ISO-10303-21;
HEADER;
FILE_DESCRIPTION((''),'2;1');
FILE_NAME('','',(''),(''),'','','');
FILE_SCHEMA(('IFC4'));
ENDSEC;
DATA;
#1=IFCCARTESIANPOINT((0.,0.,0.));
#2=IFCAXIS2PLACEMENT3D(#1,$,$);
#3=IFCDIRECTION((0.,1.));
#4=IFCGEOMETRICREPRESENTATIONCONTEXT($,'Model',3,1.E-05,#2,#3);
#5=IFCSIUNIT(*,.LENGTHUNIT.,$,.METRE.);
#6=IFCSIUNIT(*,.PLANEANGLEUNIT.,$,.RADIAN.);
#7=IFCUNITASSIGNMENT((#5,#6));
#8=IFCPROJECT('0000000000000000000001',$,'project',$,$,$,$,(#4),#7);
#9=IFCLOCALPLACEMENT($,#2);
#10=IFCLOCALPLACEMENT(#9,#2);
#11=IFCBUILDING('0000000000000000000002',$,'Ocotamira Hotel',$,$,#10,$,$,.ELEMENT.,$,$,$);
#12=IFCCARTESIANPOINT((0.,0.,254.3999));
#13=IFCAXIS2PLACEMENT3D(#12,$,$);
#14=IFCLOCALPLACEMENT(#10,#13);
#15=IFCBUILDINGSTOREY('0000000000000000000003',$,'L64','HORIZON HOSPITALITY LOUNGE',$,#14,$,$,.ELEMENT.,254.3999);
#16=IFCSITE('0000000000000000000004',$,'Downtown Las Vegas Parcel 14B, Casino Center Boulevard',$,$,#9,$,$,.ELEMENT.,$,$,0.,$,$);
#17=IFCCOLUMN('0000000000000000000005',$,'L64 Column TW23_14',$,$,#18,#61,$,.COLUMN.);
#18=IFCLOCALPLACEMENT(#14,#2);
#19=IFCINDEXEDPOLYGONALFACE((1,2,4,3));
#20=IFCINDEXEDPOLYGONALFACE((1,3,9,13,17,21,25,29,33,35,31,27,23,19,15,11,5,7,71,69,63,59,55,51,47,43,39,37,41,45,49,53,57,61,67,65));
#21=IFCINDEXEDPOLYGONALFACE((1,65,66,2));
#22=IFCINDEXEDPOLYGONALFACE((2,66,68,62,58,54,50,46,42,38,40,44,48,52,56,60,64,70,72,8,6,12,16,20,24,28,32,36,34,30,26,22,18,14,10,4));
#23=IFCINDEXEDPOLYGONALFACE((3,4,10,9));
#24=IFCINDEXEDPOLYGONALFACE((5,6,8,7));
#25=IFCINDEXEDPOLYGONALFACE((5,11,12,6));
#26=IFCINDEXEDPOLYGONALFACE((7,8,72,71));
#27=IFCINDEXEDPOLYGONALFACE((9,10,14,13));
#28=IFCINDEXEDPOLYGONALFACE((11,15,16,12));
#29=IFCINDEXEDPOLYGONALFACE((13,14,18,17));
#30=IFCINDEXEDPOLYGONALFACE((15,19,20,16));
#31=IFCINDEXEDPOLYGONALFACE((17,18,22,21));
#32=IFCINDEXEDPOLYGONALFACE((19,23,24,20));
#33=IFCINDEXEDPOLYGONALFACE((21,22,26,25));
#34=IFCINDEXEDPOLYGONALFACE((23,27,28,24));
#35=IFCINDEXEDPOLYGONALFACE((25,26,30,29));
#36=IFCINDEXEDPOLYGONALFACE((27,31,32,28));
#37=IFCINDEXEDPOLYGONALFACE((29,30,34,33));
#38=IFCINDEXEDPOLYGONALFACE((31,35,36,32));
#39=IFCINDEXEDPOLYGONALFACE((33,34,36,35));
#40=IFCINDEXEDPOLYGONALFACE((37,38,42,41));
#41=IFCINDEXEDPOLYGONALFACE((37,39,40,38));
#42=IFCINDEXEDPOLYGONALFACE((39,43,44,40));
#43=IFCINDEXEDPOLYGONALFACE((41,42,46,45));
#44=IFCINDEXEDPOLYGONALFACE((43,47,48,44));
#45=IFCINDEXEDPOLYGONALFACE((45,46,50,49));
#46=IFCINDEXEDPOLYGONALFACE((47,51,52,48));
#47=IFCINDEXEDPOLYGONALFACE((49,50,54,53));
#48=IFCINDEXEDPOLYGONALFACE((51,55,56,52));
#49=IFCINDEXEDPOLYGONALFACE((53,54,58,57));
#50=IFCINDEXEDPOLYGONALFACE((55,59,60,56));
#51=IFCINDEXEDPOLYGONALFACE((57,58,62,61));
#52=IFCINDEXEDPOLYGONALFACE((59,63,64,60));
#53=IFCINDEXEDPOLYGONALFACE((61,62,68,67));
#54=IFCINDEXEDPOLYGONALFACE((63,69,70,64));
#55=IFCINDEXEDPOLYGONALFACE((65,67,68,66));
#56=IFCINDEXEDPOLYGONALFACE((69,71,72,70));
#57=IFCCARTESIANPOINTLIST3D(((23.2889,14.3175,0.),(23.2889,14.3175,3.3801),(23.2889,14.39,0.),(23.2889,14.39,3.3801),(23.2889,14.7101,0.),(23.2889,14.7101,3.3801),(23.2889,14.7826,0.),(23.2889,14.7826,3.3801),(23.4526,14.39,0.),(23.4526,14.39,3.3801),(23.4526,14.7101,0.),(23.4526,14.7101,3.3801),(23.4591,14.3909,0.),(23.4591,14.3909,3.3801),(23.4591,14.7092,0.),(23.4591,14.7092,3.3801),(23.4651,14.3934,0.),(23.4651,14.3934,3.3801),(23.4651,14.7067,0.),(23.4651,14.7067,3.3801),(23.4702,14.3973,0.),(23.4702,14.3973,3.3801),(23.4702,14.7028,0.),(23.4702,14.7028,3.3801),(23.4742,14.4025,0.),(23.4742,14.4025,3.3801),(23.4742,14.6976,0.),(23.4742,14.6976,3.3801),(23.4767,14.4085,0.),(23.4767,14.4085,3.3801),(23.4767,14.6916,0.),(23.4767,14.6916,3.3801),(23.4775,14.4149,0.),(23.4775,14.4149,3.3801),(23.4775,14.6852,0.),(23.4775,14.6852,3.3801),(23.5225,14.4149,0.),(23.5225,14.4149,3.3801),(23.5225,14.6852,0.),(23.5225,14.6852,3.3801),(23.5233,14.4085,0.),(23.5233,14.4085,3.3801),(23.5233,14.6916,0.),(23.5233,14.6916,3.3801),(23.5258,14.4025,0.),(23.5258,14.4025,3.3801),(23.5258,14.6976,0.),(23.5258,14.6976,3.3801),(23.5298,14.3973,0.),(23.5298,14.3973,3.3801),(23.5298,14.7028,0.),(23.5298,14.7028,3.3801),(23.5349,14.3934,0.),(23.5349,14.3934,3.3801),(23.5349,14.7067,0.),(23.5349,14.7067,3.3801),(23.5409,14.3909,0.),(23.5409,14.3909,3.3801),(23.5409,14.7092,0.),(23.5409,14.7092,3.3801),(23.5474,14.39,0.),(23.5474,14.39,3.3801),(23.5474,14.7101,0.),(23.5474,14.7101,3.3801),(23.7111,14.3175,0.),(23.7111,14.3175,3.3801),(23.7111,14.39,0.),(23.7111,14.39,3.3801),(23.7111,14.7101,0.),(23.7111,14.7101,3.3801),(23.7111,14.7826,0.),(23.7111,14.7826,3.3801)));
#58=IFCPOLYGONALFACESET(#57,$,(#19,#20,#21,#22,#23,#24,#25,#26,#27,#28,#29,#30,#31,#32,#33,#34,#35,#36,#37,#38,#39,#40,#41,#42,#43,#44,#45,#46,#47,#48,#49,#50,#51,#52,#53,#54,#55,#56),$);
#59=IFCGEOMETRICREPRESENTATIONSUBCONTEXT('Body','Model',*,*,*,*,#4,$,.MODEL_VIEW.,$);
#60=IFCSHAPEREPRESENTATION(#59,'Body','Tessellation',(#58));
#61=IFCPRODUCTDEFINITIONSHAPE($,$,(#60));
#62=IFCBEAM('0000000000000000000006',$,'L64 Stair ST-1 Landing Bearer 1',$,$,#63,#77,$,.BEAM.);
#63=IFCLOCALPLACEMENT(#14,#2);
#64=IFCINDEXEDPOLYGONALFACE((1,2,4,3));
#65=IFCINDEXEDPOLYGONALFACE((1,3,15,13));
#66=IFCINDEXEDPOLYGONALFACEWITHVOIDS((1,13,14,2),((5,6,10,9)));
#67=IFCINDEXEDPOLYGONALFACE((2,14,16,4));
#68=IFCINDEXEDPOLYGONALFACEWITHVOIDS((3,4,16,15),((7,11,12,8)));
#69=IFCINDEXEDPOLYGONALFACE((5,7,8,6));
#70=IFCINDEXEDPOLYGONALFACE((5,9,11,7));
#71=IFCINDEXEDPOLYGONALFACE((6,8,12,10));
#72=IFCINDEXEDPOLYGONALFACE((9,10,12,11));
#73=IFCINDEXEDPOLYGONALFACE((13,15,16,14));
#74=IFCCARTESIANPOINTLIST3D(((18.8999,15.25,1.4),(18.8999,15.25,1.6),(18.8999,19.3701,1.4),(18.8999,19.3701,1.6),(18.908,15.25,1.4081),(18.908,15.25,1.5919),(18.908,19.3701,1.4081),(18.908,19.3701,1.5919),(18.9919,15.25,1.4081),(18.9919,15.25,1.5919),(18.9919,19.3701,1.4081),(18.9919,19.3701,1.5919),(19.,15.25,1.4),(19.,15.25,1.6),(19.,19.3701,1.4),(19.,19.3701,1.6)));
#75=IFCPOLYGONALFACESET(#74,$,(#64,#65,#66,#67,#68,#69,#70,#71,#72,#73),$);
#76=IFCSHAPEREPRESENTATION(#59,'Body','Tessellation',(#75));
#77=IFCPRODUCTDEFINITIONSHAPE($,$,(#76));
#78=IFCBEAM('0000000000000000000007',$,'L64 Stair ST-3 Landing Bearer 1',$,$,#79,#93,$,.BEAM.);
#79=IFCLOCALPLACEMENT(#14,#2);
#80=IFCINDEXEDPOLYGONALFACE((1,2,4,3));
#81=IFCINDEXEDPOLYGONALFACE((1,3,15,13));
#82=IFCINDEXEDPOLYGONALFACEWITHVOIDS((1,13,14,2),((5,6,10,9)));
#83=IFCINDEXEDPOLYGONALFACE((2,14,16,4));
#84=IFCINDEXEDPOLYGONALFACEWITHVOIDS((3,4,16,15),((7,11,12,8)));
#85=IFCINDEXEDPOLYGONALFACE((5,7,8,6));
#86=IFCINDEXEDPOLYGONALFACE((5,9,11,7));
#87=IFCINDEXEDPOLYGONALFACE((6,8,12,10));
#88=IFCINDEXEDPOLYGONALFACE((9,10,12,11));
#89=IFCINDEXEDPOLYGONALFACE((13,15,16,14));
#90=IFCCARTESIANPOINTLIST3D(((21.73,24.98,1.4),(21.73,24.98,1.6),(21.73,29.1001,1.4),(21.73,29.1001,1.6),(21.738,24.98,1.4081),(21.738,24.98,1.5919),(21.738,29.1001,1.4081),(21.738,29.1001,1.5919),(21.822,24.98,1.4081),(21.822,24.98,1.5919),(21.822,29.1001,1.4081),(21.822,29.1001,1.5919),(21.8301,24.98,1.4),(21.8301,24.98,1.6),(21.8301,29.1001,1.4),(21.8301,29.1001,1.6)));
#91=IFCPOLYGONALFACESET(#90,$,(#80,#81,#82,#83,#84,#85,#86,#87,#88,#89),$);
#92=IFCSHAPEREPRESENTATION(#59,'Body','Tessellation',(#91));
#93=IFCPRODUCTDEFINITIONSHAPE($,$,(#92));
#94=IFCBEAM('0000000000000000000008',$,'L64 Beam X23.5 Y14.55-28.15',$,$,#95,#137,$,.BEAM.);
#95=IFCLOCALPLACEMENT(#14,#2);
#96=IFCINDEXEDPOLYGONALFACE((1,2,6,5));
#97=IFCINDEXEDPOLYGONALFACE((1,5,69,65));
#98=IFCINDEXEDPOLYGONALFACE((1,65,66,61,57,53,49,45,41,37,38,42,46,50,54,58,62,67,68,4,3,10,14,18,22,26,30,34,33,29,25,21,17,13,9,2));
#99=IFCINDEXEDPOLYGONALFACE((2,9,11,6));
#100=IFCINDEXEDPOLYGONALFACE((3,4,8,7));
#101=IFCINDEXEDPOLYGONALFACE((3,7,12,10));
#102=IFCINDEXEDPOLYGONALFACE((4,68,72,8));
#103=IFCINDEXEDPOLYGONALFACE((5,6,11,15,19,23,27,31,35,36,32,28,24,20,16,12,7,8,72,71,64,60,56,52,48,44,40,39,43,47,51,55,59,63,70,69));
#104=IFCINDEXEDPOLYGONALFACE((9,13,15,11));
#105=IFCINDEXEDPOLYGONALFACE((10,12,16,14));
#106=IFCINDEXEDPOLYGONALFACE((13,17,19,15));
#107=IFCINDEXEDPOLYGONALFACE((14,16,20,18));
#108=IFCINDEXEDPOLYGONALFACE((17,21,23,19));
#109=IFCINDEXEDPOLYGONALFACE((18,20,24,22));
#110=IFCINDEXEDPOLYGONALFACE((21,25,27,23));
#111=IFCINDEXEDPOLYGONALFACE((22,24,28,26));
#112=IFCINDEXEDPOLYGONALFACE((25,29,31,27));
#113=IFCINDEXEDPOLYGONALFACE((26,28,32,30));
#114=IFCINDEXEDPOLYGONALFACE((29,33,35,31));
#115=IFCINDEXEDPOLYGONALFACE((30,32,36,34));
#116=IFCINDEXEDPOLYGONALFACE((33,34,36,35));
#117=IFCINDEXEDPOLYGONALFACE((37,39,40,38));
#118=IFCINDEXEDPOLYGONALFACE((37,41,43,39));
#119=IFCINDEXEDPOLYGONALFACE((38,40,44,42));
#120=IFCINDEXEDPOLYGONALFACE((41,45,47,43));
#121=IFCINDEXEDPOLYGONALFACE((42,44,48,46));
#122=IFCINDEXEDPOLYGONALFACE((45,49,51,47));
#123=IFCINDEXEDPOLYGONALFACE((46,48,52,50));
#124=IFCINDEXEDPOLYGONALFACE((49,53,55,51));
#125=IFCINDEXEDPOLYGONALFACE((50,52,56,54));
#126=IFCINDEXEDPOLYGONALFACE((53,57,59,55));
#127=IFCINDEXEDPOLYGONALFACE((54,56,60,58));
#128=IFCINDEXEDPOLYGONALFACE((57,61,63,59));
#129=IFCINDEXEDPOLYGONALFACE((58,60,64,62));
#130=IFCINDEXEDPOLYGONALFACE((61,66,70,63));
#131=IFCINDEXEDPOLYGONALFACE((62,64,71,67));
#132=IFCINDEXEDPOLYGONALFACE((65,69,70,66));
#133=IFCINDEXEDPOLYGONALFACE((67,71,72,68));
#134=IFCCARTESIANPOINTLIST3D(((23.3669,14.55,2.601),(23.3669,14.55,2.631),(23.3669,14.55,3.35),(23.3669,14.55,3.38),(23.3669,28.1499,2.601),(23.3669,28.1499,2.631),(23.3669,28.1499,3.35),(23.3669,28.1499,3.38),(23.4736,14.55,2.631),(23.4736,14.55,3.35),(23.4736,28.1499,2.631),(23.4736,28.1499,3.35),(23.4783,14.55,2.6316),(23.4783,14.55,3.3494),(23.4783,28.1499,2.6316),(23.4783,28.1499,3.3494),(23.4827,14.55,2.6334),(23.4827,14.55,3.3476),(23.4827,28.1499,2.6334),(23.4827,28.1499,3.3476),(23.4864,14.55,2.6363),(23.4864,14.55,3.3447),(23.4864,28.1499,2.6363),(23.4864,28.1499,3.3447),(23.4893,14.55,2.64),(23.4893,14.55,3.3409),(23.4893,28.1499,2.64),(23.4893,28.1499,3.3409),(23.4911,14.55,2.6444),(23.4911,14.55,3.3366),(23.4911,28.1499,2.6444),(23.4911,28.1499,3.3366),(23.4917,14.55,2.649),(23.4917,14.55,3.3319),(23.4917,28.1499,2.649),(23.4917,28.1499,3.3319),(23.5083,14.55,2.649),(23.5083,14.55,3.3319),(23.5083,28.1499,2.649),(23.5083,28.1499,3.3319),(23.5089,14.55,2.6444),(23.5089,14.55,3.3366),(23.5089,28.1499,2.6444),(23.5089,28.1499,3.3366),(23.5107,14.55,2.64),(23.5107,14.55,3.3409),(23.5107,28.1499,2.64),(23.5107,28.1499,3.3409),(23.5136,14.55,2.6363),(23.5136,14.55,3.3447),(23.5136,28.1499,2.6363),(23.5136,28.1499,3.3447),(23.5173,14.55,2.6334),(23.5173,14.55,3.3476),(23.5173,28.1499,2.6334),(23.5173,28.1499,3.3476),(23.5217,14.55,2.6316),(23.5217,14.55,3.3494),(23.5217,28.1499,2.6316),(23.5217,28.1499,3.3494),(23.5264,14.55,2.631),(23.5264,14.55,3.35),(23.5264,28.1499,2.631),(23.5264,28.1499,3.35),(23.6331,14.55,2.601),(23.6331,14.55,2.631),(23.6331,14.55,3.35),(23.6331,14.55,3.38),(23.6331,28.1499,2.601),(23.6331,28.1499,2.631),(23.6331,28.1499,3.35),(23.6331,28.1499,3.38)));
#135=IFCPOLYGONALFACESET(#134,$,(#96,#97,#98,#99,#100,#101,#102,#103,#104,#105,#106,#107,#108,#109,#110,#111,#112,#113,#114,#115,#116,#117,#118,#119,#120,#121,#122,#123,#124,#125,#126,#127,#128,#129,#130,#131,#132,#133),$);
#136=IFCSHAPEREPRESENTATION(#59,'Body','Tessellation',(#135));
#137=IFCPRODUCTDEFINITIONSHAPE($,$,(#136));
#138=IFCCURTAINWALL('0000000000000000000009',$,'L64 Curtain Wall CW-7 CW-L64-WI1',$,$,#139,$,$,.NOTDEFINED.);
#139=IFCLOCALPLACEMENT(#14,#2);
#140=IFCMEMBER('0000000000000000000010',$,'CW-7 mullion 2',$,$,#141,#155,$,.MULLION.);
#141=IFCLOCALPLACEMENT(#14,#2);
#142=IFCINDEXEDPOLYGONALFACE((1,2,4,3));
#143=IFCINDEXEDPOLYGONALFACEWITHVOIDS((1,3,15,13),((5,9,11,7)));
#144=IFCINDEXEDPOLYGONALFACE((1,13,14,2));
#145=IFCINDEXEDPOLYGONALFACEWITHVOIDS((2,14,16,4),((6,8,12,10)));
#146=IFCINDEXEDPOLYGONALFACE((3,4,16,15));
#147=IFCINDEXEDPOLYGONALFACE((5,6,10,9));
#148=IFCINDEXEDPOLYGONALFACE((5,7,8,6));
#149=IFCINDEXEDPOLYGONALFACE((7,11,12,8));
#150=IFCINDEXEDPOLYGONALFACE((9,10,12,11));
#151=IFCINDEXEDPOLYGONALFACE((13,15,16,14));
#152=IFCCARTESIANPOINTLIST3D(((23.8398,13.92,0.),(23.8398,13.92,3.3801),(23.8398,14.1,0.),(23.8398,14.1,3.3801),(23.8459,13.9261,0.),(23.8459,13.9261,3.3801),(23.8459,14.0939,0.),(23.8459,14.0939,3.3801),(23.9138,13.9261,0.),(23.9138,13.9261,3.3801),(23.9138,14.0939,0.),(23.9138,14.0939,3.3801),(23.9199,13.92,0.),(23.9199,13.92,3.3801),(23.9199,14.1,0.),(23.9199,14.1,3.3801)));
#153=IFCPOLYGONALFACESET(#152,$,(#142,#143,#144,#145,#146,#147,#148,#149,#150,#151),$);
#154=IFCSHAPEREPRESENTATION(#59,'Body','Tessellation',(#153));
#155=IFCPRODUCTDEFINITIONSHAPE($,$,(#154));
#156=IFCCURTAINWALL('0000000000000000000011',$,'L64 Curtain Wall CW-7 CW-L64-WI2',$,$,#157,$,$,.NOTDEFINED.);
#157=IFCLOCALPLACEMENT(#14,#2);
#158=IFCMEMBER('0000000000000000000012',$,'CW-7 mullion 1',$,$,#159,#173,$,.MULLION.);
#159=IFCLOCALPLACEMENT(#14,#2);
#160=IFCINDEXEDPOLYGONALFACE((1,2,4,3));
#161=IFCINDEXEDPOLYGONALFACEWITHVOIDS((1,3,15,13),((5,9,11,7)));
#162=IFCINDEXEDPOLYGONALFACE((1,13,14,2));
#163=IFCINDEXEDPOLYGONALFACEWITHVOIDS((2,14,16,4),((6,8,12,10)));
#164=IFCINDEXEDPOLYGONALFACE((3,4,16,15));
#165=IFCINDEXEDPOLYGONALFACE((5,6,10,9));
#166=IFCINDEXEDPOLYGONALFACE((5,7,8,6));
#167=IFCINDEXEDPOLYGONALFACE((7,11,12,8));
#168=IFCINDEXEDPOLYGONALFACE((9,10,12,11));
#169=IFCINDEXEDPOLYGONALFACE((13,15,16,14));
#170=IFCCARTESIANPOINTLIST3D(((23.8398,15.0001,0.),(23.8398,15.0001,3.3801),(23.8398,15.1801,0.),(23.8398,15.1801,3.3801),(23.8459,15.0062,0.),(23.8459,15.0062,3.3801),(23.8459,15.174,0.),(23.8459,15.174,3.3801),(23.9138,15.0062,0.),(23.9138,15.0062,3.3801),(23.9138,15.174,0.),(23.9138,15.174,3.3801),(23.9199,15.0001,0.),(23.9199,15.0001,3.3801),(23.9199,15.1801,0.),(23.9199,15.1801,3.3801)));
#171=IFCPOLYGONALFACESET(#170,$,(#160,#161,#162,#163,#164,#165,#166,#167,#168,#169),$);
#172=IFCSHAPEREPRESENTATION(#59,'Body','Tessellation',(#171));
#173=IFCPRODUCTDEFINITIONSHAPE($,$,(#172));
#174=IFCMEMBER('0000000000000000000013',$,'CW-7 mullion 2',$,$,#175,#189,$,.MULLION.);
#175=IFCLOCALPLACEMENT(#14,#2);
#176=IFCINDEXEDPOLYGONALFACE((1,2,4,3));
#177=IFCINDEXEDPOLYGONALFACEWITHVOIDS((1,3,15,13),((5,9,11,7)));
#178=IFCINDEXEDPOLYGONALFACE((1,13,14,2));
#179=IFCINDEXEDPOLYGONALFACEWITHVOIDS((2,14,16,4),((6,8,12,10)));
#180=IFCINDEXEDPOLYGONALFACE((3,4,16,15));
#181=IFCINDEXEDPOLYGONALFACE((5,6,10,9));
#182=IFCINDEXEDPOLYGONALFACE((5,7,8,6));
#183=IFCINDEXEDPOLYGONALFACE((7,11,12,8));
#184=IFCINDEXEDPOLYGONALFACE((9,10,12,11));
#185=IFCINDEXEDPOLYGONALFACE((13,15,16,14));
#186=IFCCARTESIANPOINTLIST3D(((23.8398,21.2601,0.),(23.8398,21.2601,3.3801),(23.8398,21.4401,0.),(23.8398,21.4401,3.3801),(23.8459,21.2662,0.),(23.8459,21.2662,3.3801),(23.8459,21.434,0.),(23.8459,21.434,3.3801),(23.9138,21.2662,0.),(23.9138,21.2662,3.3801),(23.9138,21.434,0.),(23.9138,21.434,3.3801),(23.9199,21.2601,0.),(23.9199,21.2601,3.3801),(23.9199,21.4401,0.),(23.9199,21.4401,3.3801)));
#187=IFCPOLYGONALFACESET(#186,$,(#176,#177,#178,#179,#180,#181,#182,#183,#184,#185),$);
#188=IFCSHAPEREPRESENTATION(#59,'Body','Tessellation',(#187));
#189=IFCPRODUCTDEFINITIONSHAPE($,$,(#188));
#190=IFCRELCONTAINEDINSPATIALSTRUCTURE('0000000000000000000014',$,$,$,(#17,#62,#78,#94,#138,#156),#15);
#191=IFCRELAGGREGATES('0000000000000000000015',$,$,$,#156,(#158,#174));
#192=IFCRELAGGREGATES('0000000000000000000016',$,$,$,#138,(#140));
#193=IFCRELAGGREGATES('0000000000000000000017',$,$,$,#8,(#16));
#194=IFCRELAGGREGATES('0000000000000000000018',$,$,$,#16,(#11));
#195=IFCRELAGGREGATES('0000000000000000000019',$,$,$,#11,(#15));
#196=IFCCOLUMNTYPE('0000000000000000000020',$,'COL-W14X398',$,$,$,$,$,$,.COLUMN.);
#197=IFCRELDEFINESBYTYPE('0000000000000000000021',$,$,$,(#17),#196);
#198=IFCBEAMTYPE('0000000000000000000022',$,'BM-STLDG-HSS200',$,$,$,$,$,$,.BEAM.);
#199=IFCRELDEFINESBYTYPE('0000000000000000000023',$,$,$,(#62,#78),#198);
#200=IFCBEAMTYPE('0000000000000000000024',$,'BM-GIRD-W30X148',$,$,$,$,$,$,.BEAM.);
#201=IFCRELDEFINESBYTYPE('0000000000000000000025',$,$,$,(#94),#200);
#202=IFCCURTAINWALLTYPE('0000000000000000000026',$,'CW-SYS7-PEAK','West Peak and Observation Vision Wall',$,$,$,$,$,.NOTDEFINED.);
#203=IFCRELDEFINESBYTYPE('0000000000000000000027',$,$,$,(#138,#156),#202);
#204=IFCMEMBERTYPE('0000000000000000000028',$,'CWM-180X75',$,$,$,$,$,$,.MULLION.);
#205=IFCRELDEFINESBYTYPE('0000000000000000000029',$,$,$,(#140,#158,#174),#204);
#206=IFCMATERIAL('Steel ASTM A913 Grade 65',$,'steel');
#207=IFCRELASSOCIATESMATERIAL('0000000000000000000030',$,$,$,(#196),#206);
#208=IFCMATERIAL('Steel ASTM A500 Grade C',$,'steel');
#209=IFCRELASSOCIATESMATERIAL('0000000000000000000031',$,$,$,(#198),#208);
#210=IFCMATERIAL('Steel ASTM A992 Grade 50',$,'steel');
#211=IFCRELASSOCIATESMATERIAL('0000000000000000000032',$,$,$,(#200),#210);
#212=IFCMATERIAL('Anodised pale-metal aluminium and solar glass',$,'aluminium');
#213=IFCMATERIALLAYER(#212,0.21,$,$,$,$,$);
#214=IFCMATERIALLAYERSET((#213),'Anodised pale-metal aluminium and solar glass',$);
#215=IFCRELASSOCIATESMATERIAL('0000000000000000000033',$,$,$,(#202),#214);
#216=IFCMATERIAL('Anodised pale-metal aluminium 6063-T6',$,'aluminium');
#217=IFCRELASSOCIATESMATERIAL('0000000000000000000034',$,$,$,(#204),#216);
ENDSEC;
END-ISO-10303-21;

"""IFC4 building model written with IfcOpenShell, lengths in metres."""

from ifc_helpers import new_model, si_unit, direction, frame, origin, origin_2d, place, context, subcontext, project, spatial, hollow_rectangle, i_section, extrude, source, transform, mapped, material, layer, layer_set, material_profile, profile_set, type_object, element, aggregate, save


model = new_model("IFC4")

# Units and contexts
model_context = context("Model", 3, precision=1e-05, world=origin(), true_north=direction((0.0, 1.0)))
body_context = subcontext(model_context, "Body", "Model", "MODEL_VIEW")
ifc_project = project(units=[si_unit("LENGTHUNIT", "METRE"), si_unit("PLANEANGLEUNIT", "RADIAN")], contexts=[model_context])

# Site, building, storey
site_placement = place(None, origin())
site = spatial("IfcSite", under=ifc_project, at=site_placement, Name="Downtown Las Vegas Parcel 14B, Casino Center Boulevard", CompositionType="ELEMENT", RefElevation=0.0)
building_placement = place(site_placement, origin())
building = spatial("IfcBuilding", under=site, at=building_placement, Name="Ocotamira Hotel", CompositionType="ELEMENT")
storey_placement = place(building_placement, frame((0.0, 0.0, 254.3999)))
storey = spatial("IfcBuildingStorey", under=building, at=storey_placement, Name="L64", Description="HORIZON HOSPITALITY LOUNGE", CompositionType="ELEMENT", Elevation=254.3999)

# Column
ifc_material_1 = material(Name="Steel ASTM A913 Grade 65", Category="steel")
ifc_material_profile_1 = material_profile(ifc_material_1, i_section(OverallWidth=0.4221, OverallDepth=0.4651, WebThickness=0.0449, FlangeThickness=0.0725, FilletRadius=0.0249, at=origin_2d()), Name="W14X398")
ifc_profile_set_1 = profile_set([ifc_material_profile_1], Name="Steel ASTM A913 Grade 65")
column_type = type_object("IfcColumnType", Name="COL-W14X398", PredefinedType="COLUMN", material=ifc_profile_set_1)
shared_shape_1 = source(origin(), body_context, "Body", "SweptSolid", [
    extrude(i_section(OverallWidth=0.4221, OverallDepth=0.4651, WebThickness=0.0449, FlangeThickness=0.0725, FilletRadius=0.0249, at=origin_2d()), origin(), (0.0, 0.0, 1.0), 3.3801),
])
column_placement = place(storey_placement, frame((23.5, 14.55, 0.0), z_axis=(0.0, 0.0, 1.0), x_axis=(1.0, 0.0, 0.0)))
element("IfcColumn", 1, at=column_placement, inside=storey, type_object=column_type, Name="L64 Column TW23_14", PredefinedType="COLUMN", context=body_context, shape_type="MappedRepresentation", body=[
    mapped(shared_shape_1, transform((0.0, 0.0, 0.0), scale=1.0)),
])

# Beams
ifc_material_2 = material(Name="Steel ASTM A500 Grade C", Category="steel")
ifc_material_profile_2 = material_profile(ifc_material_2, hollow_rectangle(XDim=0.1001, YDim=0.2, WallThickness=0.0081, at=origin_2d()), Name="HSS200X100X8")
ifc_profile_set_2 = profile_set([ifc_material_profile_2], Name="Steel ASTM A500 Grade C")
beam_type_1 = type_object("IfcBeamType", Name="BM-STLDG-HSS200", PredefinedType="BEAM", material=ifc_profile_set_2)
shared_shape_2 = source(origin(), body_context, "Body", "SweptSolid", [
    extrude(hollow_rectangle(XDim=0.1001, YDim=0.2, WallThickness=0.0081, at=origin_2d()), origin(), (0.0, 0.0, 1.0), 4.1201),
])
for number, where, z_axis, x_axis, name in (
    (2, (18.95, 15.25, 1.5), (0.0, 1.0, 0.0), (-1.0, 0.0, 0.0), "L64 Stair ST-1 Landing Bearer 1"),
    (3, (21.78, 24.98, 1.5), (0.0, 1.0, 0.0), (-1.0, 0.0, 0.0), "L64 Stair ST-3 Landing Bearer 1"),
):
    element("IfcBeam", number, at=place(storey_placement, frame(where, z_axis=z_axis, x_axis=x_axis)), inside=storey, type_object=beam_type_1, Name=name, PredefinedType="BEAM", context=body_context, shape_type="MappedRepresentation", body=[
        mapped(shared_shape_2, transform((0.0, 0.0, 0.0), scale=1.0)),
    ])
ifc_material_3 = material(Name="Steel ASTM A992 Grade 50", Category="steel")
ifc_material_profile_3 = material_profile(ifc_material_3, i_section(OverallWidth=0.2661, OverallDepth=0.7791, WebThickness=0.0166, FlangeThickness=0.03, FilletRadius=0.0181, at=origin_2d()), Name="W30X148")
ifc_profile_set_3 = profile_set([ifc_material_profile_3], Name="Steel ASTM A992 Grade 50")
beam_type_2 = type_object("IfcBeamType", Name="BM-GIRD-W30X148", PredefinedType="BEAM", material=ifc_profile_set_3)
shared_shape_3 = source(origin(), body_context, "Body", "SweptSolid", [
    extrude(i_section(OverallWidth=0.2661, OverallDepth=0.7791, WebThickness=0.0166, FlangeThickness=0.03, FilletRadius=0.0181, at=origin_2d()), origin(), (0.0, 0.0, 1.0), 13.5999),
])
beam_placement = place(storey_placement, frame((23.5, 14.55, 2.9905), z_axis=(0.0, 1.0, 0.0), x_axis=(-1.0, 0.0, 0.0)))
element("IfcBeam", 4, at=beam_placement, inside=storey, type_object=beam_type_2, Name="L64 Beam X23.5 Y14.55-28.15", PredefinedType="BEAM", context=body_context, shape_type="MappedRepresentation", body=[
    mapped(shared_shape_3, transform((0.0, 0.0, 0.0), scale=1.0)),
])

# Curtain wall, member
ifc_material_4 = material(Name="Anodised pale-metal aluminium and solar glass", Category="aluminium")
ifc_layer_1 = layer(ifc_material_4, 0.21)
ifc_layer_set_1 = layer_set([ifc_layer_1], Name="Anodised pale-metal aluminium and solar glass")
curtain_wall_type = type_object("IfcCurtainWallType", Name="CW-SYS7-PEAK", Description="West Peak and Observation Vision Wall", PredefinedType="NOTDEFINED", material=ifc_layer_set_1)
curtain_wall_1_placement = place(storey_placement, origin())
curtain_wall_1 = element("IfcCurtainWall", 5, at=curtain_wall_1_placement, inside=storey, type_object=curtain_wall_type, Name="L64 Curtain Wall CW-7 CW-L64-WI1", PredefinedType="NOTDEFINED")
ifc_material_5 = material(Name="Anodised pale-metal aluminium 6063-T6", Category="aluminium")
ifc_material_profile_4 = material_profile(ifc_material_5, hollow_rectangle(XDim=0.0801, YDim=0.1799, WallThickness=0.0061, at=origin_2d()), Name="HSS180X80X6")
ifc_profile_set_4 = profile_set([ifc_material_profile_4], Name="Anodised pale-metal aluminium 6063-T6")
member_type = type_object("IfcMemberType", Name="CWM-180X75", PredefinedType="MULLION", material=ifc_profile_set_4)
shared_shape_4 = source(origin(), body_context, "Body", "SweptSolid", [
    extrude(hollow_rectangle(XDim=0.0801, YDim=0.1799, WallThickness=0.0061, at=origin_2d()), origin(), (0.0, 0.0, 1.0), 3.3801),
])
member_1_placement = place(storey_placement, frame((23.8799, 14.01, 0.0), z_axis=(0.0, 0.0, 1.0), x_axis=(-1.0, 0.0, 0.0)))
member_1 = element("IfcMember", 6, at=member_1_placement, type_object=member_type, Name="CW-7 mullion 2", PredefinedType="MULLION", context=body_context, shape_type="MappedRepresentation", body=[
    mapped(shared_shape_4, transform((0.0, 0.0, 0.0), scale=1.0)),
])

# Curtain wall, members
curtain_wall_2_placement = place(storey_placement, origin())
curtain_wall_2 = element("IfcCurtainWall", 7, at=curtain_wall_2_placement, inside=storey, type_object=curtain_wall_type, Name="L64 Curtain Wall CW-7 CW-L64-WI2", PredefinedType="NOTDEFINED")
member_2_placement = place(storey_placement, frame((23.8799, 15.0901, 0.0), z_axis=(0.0, 0.0, 1.0), x_axis=(-1.0, 0.0, 0.0)))
member_2 = element("IfcMember", 8, at=member_2_placement, type_object=member_type, Name="CW-7 mullion 1", PredefinedType="MULLION", context=body_context, shape_type="MappedRepresentation", body=[
    mapped(shared_shape_4, transform((0.0, 0.0, 0.0), scale=1.0)),
])
member_3_placement = place(storey_placement, frame((23.8799, 21.3501, 0.0), z_axis=(0.0, 0.0, 1.0), x_axis=(-1.0, 0.0, 0.0)))
member_3 = element("IfcMember", 9, at=member_3_placement, type_object=member_type, Name="CW-7 mullion 2", PredefinedType="MULLION", context=body_context, shape_type="MappedRepresentation", body=[
    mapped(shared_shape_4, transform((0.0, 0.0, 0.0), scale=1.0)),
])
aggregate(curtain_wall_2, [member_2, member_3])

aggregate(curtain_wall_1, [member_1])

save(model, "model.ifc")
